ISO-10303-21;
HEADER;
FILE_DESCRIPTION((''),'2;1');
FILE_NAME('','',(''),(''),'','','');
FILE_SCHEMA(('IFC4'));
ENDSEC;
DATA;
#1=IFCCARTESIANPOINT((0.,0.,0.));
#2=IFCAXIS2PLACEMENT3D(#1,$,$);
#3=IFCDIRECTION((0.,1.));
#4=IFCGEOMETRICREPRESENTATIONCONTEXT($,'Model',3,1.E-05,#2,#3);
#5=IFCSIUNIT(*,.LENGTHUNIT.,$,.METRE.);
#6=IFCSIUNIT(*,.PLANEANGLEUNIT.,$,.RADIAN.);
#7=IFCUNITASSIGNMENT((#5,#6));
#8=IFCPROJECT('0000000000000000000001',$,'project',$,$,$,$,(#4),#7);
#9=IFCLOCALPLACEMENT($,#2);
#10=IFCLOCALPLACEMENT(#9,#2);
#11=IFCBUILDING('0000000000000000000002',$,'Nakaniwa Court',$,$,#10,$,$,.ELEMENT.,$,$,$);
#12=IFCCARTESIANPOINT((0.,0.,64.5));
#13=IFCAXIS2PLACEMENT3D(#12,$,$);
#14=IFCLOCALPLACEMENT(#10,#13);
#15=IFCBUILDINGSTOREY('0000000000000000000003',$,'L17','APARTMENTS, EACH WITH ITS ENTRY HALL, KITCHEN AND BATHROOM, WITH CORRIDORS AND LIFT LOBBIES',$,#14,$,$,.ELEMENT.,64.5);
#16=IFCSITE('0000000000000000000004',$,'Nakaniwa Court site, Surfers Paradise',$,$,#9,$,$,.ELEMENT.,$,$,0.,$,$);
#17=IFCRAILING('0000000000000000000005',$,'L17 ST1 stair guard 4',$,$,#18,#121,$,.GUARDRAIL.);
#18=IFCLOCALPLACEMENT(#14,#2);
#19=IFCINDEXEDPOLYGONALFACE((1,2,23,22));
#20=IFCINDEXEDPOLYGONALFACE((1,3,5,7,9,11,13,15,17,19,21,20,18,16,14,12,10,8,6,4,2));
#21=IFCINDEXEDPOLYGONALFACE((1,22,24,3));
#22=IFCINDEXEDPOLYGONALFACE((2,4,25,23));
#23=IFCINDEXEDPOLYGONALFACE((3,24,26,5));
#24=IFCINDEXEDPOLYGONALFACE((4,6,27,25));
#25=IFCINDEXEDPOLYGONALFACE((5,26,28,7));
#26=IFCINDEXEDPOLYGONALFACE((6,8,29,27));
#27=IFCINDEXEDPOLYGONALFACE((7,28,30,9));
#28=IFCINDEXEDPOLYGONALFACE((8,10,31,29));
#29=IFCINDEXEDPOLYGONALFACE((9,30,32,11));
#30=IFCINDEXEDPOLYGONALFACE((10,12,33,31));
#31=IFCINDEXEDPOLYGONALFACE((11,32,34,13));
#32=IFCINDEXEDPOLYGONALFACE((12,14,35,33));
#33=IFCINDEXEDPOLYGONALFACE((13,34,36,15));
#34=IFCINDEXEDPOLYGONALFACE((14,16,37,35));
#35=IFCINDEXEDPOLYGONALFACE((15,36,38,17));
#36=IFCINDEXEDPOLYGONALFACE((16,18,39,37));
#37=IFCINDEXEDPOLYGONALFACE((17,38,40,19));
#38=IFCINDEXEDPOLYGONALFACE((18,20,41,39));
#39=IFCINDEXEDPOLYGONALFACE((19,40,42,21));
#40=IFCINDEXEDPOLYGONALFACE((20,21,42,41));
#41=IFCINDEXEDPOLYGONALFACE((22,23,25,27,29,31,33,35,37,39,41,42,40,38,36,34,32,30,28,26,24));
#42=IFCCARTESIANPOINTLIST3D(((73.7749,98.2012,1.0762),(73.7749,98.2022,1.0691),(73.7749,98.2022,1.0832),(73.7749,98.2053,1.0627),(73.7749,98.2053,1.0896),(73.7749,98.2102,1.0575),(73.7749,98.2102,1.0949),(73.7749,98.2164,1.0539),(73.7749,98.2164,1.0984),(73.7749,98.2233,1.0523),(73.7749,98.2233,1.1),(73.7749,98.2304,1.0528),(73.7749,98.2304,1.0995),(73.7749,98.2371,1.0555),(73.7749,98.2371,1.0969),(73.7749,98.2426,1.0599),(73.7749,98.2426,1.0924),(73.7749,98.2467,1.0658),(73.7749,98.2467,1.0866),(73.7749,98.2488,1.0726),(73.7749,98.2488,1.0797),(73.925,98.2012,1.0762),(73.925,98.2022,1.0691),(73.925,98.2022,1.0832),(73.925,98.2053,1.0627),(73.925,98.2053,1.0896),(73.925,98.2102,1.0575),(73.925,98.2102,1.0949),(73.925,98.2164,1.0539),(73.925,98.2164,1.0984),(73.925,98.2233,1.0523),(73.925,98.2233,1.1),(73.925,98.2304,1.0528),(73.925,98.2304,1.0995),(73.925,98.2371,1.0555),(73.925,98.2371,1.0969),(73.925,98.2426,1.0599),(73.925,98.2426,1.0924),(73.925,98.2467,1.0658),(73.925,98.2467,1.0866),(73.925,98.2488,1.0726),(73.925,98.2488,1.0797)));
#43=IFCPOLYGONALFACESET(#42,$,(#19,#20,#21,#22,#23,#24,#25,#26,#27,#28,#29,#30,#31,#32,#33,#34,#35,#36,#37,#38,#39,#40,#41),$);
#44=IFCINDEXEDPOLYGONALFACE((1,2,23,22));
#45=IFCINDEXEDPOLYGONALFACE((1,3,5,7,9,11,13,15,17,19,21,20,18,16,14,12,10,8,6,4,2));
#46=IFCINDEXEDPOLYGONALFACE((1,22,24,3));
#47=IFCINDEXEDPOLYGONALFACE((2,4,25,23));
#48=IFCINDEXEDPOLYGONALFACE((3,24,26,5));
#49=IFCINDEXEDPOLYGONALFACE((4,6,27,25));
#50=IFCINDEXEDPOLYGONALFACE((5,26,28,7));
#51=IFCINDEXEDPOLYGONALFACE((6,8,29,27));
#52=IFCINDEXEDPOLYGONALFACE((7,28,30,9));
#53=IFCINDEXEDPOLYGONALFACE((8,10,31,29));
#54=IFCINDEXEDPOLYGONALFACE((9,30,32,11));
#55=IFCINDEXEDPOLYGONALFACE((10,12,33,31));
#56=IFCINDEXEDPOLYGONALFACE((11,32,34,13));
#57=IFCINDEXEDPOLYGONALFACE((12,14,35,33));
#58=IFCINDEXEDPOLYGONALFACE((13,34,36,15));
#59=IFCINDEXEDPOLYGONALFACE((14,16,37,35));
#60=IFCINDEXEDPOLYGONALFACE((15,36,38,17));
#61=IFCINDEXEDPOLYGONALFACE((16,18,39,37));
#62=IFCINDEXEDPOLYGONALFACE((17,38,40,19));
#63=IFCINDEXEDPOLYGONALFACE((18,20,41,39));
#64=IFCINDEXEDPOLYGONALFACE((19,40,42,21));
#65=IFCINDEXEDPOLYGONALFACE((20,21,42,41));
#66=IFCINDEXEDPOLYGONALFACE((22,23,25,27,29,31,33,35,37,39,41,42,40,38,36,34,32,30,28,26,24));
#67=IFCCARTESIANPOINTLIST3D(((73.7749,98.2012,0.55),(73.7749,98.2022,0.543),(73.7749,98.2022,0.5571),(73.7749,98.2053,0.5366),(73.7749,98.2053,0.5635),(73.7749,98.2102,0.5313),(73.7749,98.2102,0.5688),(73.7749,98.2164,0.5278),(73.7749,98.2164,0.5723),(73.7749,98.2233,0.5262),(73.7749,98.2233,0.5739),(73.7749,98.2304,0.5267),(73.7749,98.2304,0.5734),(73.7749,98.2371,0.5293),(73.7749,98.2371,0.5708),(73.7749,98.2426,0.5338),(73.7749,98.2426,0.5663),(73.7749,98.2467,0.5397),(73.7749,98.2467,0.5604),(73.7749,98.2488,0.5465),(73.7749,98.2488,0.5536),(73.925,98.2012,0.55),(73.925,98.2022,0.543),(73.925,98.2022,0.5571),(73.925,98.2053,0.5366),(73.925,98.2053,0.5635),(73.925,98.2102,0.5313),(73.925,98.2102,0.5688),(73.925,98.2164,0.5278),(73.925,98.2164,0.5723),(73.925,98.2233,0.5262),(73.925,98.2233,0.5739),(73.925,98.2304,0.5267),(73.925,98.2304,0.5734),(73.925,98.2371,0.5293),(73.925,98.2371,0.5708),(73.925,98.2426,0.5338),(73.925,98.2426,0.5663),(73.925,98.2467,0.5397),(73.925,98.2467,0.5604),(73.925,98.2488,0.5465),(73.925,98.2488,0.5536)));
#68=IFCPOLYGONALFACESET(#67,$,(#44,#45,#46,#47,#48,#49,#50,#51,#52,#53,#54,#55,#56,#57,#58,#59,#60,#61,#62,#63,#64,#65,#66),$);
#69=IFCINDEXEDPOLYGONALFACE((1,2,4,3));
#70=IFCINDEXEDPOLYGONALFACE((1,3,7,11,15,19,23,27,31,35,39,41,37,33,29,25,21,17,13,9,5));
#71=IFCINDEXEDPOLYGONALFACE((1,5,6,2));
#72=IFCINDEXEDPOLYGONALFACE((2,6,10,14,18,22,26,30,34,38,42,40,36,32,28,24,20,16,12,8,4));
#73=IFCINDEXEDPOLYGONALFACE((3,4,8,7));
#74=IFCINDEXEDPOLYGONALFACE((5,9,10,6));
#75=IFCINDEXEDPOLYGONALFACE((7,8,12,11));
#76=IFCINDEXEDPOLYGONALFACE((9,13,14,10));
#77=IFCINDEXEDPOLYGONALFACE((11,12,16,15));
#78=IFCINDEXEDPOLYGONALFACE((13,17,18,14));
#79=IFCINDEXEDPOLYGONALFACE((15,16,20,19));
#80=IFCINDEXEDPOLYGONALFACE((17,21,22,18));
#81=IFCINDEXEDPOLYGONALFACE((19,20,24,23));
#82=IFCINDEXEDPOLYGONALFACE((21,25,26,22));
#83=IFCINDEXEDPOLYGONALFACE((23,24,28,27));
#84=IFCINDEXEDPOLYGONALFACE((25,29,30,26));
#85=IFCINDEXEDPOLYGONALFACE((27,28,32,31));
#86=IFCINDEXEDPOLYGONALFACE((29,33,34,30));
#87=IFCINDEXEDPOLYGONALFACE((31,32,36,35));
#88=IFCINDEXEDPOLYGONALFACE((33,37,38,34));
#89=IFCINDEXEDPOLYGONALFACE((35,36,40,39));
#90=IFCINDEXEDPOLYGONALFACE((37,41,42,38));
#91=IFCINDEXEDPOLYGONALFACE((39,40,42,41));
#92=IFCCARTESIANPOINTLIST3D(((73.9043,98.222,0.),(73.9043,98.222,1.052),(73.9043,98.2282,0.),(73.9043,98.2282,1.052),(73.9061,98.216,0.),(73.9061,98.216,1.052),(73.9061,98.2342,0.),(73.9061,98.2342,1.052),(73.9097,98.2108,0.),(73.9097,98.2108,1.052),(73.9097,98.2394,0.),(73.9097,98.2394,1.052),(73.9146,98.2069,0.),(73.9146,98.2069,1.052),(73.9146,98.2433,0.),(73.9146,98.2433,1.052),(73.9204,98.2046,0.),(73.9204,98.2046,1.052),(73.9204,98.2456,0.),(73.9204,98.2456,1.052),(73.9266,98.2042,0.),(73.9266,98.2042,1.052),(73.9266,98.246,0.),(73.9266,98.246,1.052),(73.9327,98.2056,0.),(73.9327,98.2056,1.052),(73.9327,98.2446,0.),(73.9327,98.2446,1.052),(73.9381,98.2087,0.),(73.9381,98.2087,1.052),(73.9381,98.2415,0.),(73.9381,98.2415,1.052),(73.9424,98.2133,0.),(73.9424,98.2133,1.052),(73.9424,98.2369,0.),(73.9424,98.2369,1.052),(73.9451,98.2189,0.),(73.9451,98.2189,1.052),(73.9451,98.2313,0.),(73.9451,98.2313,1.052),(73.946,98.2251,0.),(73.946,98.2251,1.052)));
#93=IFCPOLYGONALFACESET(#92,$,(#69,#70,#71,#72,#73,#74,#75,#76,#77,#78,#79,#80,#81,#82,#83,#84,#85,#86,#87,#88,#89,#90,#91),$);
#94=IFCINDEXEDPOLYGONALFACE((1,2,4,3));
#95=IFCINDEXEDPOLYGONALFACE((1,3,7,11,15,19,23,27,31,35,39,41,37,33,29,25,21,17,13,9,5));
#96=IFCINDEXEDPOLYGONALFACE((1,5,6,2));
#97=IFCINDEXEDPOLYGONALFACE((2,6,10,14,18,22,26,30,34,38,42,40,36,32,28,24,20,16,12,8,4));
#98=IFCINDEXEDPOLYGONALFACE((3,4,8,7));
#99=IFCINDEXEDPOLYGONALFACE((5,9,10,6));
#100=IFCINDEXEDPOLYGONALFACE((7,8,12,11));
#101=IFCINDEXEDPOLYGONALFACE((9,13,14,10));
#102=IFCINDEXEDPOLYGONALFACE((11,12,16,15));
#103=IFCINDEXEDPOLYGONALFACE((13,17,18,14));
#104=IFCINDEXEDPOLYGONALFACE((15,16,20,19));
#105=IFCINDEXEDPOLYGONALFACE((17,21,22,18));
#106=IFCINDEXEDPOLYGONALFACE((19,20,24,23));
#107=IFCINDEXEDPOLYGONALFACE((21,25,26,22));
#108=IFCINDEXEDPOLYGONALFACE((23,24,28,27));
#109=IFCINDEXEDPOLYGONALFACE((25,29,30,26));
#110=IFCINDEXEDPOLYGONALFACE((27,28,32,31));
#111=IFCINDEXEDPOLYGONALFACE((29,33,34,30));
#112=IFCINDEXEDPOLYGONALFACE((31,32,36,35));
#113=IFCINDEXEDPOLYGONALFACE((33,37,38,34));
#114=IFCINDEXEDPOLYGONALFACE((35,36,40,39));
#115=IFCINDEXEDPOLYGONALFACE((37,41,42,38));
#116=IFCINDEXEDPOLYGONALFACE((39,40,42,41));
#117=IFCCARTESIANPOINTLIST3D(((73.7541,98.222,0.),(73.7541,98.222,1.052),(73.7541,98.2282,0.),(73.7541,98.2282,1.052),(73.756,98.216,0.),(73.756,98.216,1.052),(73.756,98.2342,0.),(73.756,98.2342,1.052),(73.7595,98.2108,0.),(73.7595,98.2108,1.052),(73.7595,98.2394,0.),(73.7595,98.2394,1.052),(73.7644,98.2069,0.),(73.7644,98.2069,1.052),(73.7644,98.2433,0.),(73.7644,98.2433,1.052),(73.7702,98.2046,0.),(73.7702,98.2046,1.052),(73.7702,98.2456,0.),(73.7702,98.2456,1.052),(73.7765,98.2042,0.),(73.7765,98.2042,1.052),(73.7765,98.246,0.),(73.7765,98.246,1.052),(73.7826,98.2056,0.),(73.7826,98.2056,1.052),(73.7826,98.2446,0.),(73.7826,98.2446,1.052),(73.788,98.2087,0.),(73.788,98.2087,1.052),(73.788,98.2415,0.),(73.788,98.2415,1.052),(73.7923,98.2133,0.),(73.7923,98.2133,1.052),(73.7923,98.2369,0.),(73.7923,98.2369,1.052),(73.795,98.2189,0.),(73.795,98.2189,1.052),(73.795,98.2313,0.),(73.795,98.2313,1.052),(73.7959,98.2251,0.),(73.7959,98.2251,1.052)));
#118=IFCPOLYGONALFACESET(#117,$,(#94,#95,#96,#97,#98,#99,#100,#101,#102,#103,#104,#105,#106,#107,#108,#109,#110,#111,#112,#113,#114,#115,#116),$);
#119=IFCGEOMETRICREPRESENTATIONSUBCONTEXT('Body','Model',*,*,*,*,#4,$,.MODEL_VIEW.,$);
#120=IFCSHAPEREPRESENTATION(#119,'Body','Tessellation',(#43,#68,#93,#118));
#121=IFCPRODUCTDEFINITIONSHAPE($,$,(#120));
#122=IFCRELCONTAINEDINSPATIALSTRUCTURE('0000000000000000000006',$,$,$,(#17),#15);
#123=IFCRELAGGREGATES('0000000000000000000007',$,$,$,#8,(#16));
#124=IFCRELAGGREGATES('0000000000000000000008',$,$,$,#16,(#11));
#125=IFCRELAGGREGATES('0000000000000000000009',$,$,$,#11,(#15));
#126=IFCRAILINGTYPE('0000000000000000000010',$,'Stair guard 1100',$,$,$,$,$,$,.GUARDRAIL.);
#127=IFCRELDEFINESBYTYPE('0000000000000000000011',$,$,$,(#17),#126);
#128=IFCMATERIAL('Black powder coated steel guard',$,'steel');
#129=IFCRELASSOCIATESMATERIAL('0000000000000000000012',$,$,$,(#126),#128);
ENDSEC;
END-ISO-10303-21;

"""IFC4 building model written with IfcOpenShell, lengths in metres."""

from ifc_helpers import new_model, si_unit, direction, frame, origin, origin_2d, place, context, subcontext, project, spatial, circle, extrude, material, type_object, element, save


model = new_model("IFC4")

# Units and contexts
model_context = context("Model", 3, precision=1e-05, world=origin(), true_north=direction((0.0, 1.0)))
body_context = subcontext(model_context, "Body", "Model", "MODEL_VIEW")
ifc_project = project(units=[si_unit("LENGTHUNIT", "METRE"), si_unit("PLANEANGLEUNIT", "RADIAN")], contexts=[model_context])

# Site, building, storey
site_placement = place(None, origin())
site = spatial("IfcSite", under=ifc_project, at=site_placement, Name="Nakaniwa Court site, Surfers Paradise", CompositionType="ELEMENT", RefElevation=0.0)
building_placement = place(site_placement, origin())
building = spatial("IfcBuilding", under=site, at=building_placement, Name="Nakaniwa Court", CompositionType="ELEMENT")
storey_placement = place(building_placement, frame((0.0, 0.0, 64.5)))
storey = spatial("IfcBuildingStorey", under=building, at=storey_placement, Name="L17", Description="APARTMENTS, EACH WITH ITS ENTRY HALL, KITCHEN AND BATHROOM, WITH CORRIDORS AND LIFT LOBBIES", CompositionType="ELEMENT", Elevation=64.5)

# Railing
ifc_material_1 = material(Name="Black powder coated steel guard", Category="steel")
railing_type_1 = type_object("IfcRailingType", Name="Stair guard 1100", PredefinedType="GUARDRAIL", material=ifc_material_1)
railing_1_placement = place(storey_placement, frame((73.925, 98.2251, 0.0)))
element("IfcRailing", 1, at=railing_1_placement, inside=storey, type_object=railing_type_1, Name="L17 ST1 stair guard 4", PredefinedType="GUARDRAIL", context=body_context, shape_type="SweptSolid", body=[
    extrude(circle(Radius=0.0239, at=origin_2d()), frame((0.0, 0.0, 1.0762), z_axis=(-1.0, 0.0, 0.0), x_axis=(0.0, -1.0, 0.0)), (0.0, 0.0, 1.0), 0.1501),
    extrude(circle(Radius=0.0239, at=origin_2d()), frame((0.0, 0.0, 0.55), z_axis=(-1.0, 0.0, 0.0), x_axis=(0.0, -1.0, 0.0)), (0.0, 0.0, 1.0), 0.1501),
    extrude(circle(Radius=0.021, at=origin_2d()), origin(), (0.0, 0.0, 1.0), 1.052),
    extrude(circle(Radius=0.021, at=origin_2d()), frame((-0.1501, 0.0, 0.0)), (0.0, 0.0, 1.0), 1.052),
])

save(model, "model.ifc")
